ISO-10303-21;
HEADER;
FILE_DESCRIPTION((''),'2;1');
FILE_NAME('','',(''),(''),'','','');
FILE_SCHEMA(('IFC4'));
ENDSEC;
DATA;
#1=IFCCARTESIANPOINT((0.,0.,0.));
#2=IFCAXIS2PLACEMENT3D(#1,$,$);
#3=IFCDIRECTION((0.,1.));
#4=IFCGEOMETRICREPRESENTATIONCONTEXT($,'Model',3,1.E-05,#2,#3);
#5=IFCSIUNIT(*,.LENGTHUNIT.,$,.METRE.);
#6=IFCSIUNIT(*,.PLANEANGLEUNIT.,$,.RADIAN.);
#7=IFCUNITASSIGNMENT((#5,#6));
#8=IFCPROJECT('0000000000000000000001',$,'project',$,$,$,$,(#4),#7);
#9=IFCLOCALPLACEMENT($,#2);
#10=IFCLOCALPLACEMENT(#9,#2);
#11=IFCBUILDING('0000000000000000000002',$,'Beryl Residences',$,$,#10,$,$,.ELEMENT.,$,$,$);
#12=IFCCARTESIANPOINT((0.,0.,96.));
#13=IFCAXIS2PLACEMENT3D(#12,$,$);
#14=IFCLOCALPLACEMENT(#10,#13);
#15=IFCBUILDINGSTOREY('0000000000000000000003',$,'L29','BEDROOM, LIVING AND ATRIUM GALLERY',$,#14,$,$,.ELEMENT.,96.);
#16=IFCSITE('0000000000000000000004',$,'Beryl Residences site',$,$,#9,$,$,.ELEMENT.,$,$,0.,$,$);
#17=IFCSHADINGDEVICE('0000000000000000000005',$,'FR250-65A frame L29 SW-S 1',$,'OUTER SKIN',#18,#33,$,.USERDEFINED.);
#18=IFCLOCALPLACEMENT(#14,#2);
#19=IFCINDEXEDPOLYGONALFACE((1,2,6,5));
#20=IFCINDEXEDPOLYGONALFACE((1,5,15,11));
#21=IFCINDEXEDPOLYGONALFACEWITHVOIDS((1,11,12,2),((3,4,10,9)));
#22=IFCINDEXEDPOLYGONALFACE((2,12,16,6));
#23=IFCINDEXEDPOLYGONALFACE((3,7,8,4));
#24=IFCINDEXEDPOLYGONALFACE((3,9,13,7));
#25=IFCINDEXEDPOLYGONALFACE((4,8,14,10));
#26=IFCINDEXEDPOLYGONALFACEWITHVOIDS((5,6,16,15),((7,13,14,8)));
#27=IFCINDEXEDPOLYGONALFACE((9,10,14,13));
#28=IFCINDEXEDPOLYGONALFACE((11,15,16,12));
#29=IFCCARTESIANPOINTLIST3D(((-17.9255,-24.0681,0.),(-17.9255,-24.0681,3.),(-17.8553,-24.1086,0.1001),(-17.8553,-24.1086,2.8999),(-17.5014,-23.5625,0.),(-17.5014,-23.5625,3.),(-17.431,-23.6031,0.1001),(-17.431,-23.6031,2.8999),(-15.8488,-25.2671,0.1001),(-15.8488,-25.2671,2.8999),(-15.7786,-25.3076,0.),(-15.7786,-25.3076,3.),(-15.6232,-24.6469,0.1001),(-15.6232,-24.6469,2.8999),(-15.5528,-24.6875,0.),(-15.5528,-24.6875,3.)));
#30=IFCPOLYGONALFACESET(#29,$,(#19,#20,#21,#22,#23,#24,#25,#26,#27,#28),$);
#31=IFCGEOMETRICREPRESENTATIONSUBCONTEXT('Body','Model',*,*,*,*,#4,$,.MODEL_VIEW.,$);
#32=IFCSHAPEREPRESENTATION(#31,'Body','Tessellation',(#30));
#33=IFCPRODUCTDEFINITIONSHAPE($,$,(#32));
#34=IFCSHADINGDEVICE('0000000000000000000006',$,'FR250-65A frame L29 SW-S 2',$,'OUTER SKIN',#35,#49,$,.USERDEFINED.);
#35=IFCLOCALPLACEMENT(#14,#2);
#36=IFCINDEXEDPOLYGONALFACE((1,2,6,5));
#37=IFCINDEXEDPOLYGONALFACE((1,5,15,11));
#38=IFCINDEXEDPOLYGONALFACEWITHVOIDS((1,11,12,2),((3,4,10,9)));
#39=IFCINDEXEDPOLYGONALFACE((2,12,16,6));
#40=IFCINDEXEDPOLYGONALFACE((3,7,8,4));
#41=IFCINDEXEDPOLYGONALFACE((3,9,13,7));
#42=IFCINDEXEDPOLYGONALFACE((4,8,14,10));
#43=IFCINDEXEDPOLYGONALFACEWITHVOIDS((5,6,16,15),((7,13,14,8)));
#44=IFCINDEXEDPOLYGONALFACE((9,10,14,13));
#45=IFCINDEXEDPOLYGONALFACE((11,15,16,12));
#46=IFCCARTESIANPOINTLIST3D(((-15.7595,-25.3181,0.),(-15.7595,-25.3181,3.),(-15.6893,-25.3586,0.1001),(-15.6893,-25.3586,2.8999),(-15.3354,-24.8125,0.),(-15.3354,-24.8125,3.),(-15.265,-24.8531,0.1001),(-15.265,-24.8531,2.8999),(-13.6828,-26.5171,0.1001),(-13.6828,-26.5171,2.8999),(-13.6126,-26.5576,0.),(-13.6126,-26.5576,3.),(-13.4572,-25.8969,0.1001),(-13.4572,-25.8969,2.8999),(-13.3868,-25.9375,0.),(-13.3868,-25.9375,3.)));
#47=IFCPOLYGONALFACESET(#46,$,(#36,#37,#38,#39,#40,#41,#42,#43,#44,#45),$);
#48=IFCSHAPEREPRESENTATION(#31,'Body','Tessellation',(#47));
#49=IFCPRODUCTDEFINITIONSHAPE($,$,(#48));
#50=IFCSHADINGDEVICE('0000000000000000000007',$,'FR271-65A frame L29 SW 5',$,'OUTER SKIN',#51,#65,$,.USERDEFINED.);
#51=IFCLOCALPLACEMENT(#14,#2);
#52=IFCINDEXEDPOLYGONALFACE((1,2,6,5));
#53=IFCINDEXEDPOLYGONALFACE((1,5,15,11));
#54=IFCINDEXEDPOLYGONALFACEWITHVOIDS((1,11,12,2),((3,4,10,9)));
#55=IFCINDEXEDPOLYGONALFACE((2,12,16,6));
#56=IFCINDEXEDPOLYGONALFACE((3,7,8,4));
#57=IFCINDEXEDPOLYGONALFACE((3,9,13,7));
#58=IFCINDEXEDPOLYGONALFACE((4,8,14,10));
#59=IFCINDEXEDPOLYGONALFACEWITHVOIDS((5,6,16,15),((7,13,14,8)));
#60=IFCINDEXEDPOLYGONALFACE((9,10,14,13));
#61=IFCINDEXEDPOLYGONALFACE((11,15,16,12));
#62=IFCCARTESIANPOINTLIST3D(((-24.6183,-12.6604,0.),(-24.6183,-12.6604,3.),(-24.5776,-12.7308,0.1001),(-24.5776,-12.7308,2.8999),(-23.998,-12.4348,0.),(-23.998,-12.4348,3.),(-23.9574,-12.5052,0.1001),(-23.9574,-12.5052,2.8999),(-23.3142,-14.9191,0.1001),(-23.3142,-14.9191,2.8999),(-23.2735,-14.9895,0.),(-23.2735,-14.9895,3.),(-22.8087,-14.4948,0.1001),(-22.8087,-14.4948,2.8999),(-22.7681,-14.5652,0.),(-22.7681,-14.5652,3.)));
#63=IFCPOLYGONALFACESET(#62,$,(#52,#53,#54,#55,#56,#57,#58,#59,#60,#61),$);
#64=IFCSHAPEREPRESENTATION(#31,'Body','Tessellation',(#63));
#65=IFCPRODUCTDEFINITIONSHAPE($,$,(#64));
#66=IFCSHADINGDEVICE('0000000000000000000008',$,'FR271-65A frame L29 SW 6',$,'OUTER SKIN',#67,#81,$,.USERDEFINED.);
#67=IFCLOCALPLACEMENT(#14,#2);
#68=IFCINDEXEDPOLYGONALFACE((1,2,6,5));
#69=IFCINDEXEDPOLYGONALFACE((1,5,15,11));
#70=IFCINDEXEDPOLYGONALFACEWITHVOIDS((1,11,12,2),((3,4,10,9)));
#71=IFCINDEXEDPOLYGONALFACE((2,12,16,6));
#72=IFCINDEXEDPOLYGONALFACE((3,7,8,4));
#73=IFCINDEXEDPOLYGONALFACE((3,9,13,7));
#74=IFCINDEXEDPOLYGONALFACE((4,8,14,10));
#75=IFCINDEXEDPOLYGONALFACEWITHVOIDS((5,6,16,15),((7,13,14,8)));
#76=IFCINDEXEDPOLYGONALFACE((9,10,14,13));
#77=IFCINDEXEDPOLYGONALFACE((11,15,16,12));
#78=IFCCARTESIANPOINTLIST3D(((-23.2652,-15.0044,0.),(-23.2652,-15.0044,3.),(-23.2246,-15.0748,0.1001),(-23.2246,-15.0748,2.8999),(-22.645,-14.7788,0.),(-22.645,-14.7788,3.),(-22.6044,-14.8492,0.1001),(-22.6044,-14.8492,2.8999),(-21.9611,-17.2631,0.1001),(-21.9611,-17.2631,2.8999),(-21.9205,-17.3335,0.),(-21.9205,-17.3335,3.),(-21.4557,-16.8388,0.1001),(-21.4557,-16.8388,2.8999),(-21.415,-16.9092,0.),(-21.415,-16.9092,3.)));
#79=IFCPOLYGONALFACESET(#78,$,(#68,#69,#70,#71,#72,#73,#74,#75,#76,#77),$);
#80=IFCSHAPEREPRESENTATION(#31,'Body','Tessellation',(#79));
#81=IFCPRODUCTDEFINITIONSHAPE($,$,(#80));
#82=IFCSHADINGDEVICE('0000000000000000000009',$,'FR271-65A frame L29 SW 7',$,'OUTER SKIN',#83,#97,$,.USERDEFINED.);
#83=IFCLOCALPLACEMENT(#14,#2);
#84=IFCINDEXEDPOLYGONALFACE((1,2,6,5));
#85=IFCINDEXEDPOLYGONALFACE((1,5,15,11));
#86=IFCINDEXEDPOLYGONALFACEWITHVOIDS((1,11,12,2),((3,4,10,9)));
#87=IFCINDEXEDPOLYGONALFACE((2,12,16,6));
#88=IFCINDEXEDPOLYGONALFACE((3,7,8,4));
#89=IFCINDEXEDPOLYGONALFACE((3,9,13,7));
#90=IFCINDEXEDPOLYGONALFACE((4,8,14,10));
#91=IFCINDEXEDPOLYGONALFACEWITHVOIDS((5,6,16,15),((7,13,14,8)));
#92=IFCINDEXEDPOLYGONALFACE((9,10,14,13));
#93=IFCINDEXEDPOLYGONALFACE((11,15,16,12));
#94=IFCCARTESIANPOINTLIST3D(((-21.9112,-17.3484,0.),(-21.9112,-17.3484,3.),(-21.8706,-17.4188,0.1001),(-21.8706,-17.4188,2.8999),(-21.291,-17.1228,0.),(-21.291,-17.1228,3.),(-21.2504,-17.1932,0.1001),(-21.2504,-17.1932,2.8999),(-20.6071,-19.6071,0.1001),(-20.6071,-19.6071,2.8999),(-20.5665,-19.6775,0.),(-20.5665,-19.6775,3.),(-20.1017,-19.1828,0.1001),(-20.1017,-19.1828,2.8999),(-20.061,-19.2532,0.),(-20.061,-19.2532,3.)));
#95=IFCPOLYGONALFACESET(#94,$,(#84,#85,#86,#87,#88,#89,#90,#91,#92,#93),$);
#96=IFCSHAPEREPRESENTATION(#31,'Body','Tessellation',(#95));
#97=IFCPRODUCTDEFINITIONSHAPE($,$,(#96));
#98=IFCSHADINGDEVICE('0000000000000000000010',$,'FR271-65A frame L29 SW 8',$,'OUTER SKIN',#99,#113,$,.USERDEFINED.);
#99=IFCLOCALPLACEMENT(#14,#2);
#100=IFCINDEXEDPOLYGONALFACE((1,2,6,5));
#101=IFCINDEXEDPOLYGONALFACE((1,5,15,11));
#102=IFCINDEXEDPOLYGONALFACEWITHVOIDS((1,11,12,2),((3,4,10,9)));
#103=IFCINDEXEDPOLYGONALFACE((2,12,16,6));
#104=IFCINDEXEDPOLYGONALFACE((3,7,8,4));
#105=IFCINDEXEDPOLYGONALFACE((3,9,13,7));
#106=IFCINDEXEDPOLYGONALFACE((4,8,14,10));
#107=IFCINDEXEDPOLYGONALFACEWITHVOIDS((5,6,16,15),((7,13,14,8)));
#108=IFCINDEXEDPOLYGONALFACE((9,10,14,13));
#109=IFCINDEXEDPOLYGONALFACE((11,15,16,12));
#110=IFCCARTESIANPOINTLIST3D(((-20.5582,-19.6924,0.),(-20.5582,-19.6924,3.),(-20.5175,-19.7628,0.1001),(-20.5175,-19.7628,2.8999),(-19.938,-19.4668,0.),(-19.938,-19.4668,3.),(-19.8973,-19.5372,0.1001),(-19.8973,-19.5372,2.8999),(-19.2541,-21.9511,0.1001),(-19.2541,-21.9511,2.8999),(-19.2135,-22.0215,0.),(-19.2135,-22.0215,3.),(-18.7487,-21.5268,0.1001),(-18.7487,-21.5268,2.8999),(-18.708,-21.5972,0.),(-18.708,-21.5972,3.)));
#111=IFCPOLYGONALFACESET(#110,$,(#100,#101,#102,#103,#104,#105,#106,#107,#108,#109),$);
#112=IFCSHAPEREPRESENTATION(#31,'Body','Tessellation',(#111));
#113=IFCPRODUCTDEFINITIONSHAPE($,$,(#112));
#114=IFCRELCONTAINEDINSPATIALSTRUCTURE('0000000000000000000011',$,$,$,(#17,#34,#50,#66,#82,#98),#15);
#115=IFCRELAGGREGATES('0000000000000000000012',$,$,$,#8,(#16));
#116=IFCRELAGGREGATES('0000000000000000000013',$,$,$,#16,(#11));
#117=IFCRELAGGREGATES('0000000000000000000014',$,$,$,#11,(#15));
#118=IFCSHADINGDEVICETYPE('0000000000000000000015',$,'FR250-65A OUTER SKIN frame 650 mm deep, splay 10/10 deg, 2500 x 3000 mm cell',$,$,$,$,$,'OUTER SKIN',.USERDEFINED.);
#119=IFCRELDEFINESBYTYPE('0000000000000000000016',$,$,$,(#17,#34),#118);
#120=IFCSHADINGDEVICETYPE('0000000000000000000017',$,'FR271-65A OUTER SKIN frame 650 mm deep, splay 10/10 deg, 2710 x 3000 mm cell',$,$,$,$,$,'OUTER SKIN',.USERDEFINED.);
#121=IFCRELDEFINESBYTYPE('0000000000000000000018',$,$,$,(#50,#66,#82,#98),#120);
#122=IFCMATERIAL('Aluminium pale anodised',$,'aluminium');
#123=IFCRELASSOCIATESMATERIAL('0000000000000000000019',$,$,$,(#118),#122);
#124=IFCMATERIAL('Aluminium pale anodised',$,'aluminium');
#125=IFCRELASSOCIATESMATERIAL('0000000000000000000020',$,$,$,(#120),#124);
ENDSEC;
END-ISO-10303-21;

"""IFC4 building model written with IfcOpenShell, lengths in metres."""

from ifc_helpers import new_model, entity, si_unit, direction, frame, origin, place, context, subcontext, project, spatial, source, transform, mapped, material, type_object, type_shapes, element, save


model = new_model("IFC4")

# Units and contexts
model_context = context("Model", 3, precision=1e-05, world=origin(), true_north=direction((0.0, 1.0)))
body_context = subcontext(model_context, "Body", "Model", "MODEL_VIEW")
ifc_project = project(units=[si_unit("LENGTHUNIT", "METRE"), si_unit("PLANEANGLEUNIT", "RADIAN")], contexts=[model_context])

# Site, building, storey
site_placement = place(None, origin())
site = spatial("IfcSite", under=ifc_project, at=site_placement, Name="Beryl Residences site", CompositionType="ELEMENT", RefElevation=0.0)
building_placement = place(site_placement, origin())
building = spatial("IfcBuilding", under=site, at=building_placement, Name="Beryl Residences", CompositionType="ELEMENT")
storey_placement = place(building_placement, frame((0.0, 0.0, 96.0)))
storey = spatial("IfcBuildingStorey", under=building, at=storey_placement, Name="L29", Description="BEDROOM, LIVING AND ATRIUM GALLERY", CompositionType="ELEMENT", Elevation=96.0)

# Shading devices
ifc_material_1 = material(Name="Aluminium pale anodised", Category="aluminium")
shading_device_type_1 = type_object("IfcShadingDeviceType", Name="FR250-65A OUTER SKIN frame 650 mm deep, splay 10/10 deg, 2500 x 3000 mm cell", ElementType="OUTER SKIN", PredefinedType="USERDEFINED", material=ifc_material_1)
cartesian_point_1 = entity("IfcCartesianPoint", [-1.125, 0.0])
cartesian_point_2 = entity("IfcCartesianPoint", [-1.0437, 0.1001])
cartesian_point_3 = entity("IfcCartesianPoint", [-1.2395, 0.0])
cartesian_point_4 = entity("IfcCartesianPoint", [-1.1584, 0.1001])
shared_shape_1 = source(origin(), body_context, "Body", "SweptSolid", [
    entity("IfcExtrudedAreaSolidTapered", entity("IfcArbitraryProfileDefWithVoids", "AREA", None, entity("IfcPolyline", [cartesian_point_1, entity("IfcCartesianPoint", [1.125, 0.0]), entity("IfcCartesianPoint", [1.125, 3.0]), entity("IfcCartesianPoint", [-1.125, 3.0]), cartesian_point_1]), [entity("IfcPolyline", [cartesian_point_2, entity("IfcCartesianPoint", [1.0437, 0.1001]), entity("IfcCartesianPoint", [1.0437, 2.8999]), entity("IfcCartesianPoint", [-1.0437, 2.8999]), cartesian_point_2])]), entity("IfcAxis2Placement3D", entity("IfcCartesianPoint", [0.0, 0.0, 0.0]), entity("IfcDirection", [0.0, 1.0, 0.0]), entity("IfcDirection", [-1.0, 0.0, 0.0])), entity("IfcDirection", [0.0, 0.0, 1.0]), 0.6499, entity("IfcArbitraryProfileDefWithVoids", "AREA", None, entity("IfcPolyline", [cartesian_point_3, entity("IfcCartesianPoint", [1.2395, 0.0]), entity("IfcCartesianPoint", [1.2395, 3.0]), entity("IfcCartesianPoint", [-1.2395, 3.0]), cartesian_point_3]), [entity("IfcPolyline", [cartesian_point_4, entity("IfcCartesianPoint", [1.1584, 0.1001]), entity("IfcCartesianPoint", [1.1584, 2.8999]), entity("IfcCartesianPoint", [-1.1584, 2.8999]), cartesian_point_4])])),
])
type_shapes(shading_device_type_1, [shared_shape_1])
for number, where, z_axis, x_axis, name in (
    (1, (-16.5271, -24.125, 0.0), (0.0, 0.0, 1.0), (-0.866025, 0.5, 0.0), "FR250-65A frame L29 SW-S 1"),
    (2, (-14.3611, -25.375, 0.0), (0.0, 0.0, 1.0), (-0.866025, 0.5, 0.0), "FR250-65A frame L29 SW-S 2"),
):
    element("IfcShadingDevice", number, at=place(storey_placement, frame(where, z_axis=z_axis, x_axis=x_axis)), inside=storey, type_object=shading_device_type_1, Name=name, ObjectType="OUTER SKIN", PredefinedType="USERDEFINED", context=body_context, shape_type="MappedRepresentation", body=[
        mapped(shared_shape_1, transform((0.0, 0.0, 0.0))),
    ])
ifc_material_2 = material(Name="Aluminium pale anodised", Category="aluminium")
shading_device_type_2 = type_object("IfcShadingDeviceType", Name="FR271-65A OUTER SKIN frame 650 mm deep, splay 10/10 deg, 2710 x 3000 mm cell", ElementType="OUTER SKIN", PredefinedType="USERDEFINED", material=ifc_material_2)
cartesian_point_5 = entity("IfcCartesianPoint", [-1.23, 0.0])
cartesian_point_6 = entity("IfcCartesianPoint", [-1.1487, 0.1001])
cartesian_point_7 = entity("IfcCartesianPoint", [-1.3447, 0.0])
cartesian_point_8 = entity("IfcCartesianPoint", [-1.2634, 0.1001])
shared_shape_2 = source(origin(), body_context, "Body", "SweptSolid", [
    entity("IfcExtrudedAreaSolidTapered", entity("IfcArbitraryProfileDefWithVoids", "AREA", None, entity("IfcPolyline", [cartesian_point_5, entity("IfcCartesianPoint", [1.23, 0.0]), entity("IfcCartesianPoint", [1.23, 3.0]), entity("IfcCartesianPoint", [-1.23, 3.0]), cartesian_point_5]), [entity("IfcPolyline", [cartesian_point_6, entity("IfcCartesianPoint", [1.1487, 0.1001]), entity("IfcCartesianPoint", [1.1487, 2.8999]), entity("IfcCartesianPoint", [-1.1487, 2.8999]), cartesian_point_6])]), entity("IfcAxis2Placement3D", entity("IfcCartesianPoint", [0.0, 0.0, 0.0]), entity("IfcDirection", [0.0, 1.0, 0.0]), entity("IfcDirection", [-1.0, 0.0, 0.0])), entity("IfcDirection", [0.0, 0.0, 1.0]), 0.6499, entity("IfcArbitraryProfileDefWithVoids", "AREA", None, entity("IfcPolyline", [cartesian_point_7, entity("IfcCartesianPoint", [1.3447, 0.0]), entity("IfcCartesianPoint", [1.3447, 3.0]), entity("IfcCartesianPoint", [-1.3447, 3.0]), cartesian_point_7]), [entity("IfcPolyline", [cartesian_point_8, entity("IfcCartesianPoint", [1.2634, 0.1001]), entity("IfcCartesianPoint", [1.2634, 2.8999]), entity("IfcCartesianPoint", [-1.2634, 2.8999]), cartesian_point_8])])),
])
type_shapes(shading_device_type_2, [shared_shape_2])
for number, where, z_axis, x_axis, name in (
    (3, (-23.3831, -13.5, 0.0), (0.0, 0.0, 1.0), (-0.5, 0.866025, 0.0), "FR271-65A frame L29 SW 5"),
    (4, (-22.03, -15.844, 0.0), (0.0, 0.0, 1.0), (-0.5, 0.866025, 0.0), "FR271-65A frame L29 SW 6"),
    (5, (-20.676, -18.188, 0.0), (0.0, 0.0, 1.0), (-0.5, 0.866025, 0.0), "FR271-65A frame L29 SW 7"),
    (6, (-19.323, -20.532, 0.0), (0.0, 0.0, 1.0), (-0.5, 0.866025, 0.0), "FR271-65A frame L29 SW 8"),
):
    element("IfcShadingDevice", number, at=place(storey_placement, frame(where, z_axis=z_axis, x_axis=x_axis)), inside=storey, type_object=shading_device_type_2, Name=name, ObjectType="OUTER SKIN", PredefinedType="USERDEFINED", context=body_context, shape_type="MappedRepresentation", body=[
        mapped(shared_shape_2, transform((0.0, 0.0, 0.0))),
    ])

save(model, "model.ifc")
